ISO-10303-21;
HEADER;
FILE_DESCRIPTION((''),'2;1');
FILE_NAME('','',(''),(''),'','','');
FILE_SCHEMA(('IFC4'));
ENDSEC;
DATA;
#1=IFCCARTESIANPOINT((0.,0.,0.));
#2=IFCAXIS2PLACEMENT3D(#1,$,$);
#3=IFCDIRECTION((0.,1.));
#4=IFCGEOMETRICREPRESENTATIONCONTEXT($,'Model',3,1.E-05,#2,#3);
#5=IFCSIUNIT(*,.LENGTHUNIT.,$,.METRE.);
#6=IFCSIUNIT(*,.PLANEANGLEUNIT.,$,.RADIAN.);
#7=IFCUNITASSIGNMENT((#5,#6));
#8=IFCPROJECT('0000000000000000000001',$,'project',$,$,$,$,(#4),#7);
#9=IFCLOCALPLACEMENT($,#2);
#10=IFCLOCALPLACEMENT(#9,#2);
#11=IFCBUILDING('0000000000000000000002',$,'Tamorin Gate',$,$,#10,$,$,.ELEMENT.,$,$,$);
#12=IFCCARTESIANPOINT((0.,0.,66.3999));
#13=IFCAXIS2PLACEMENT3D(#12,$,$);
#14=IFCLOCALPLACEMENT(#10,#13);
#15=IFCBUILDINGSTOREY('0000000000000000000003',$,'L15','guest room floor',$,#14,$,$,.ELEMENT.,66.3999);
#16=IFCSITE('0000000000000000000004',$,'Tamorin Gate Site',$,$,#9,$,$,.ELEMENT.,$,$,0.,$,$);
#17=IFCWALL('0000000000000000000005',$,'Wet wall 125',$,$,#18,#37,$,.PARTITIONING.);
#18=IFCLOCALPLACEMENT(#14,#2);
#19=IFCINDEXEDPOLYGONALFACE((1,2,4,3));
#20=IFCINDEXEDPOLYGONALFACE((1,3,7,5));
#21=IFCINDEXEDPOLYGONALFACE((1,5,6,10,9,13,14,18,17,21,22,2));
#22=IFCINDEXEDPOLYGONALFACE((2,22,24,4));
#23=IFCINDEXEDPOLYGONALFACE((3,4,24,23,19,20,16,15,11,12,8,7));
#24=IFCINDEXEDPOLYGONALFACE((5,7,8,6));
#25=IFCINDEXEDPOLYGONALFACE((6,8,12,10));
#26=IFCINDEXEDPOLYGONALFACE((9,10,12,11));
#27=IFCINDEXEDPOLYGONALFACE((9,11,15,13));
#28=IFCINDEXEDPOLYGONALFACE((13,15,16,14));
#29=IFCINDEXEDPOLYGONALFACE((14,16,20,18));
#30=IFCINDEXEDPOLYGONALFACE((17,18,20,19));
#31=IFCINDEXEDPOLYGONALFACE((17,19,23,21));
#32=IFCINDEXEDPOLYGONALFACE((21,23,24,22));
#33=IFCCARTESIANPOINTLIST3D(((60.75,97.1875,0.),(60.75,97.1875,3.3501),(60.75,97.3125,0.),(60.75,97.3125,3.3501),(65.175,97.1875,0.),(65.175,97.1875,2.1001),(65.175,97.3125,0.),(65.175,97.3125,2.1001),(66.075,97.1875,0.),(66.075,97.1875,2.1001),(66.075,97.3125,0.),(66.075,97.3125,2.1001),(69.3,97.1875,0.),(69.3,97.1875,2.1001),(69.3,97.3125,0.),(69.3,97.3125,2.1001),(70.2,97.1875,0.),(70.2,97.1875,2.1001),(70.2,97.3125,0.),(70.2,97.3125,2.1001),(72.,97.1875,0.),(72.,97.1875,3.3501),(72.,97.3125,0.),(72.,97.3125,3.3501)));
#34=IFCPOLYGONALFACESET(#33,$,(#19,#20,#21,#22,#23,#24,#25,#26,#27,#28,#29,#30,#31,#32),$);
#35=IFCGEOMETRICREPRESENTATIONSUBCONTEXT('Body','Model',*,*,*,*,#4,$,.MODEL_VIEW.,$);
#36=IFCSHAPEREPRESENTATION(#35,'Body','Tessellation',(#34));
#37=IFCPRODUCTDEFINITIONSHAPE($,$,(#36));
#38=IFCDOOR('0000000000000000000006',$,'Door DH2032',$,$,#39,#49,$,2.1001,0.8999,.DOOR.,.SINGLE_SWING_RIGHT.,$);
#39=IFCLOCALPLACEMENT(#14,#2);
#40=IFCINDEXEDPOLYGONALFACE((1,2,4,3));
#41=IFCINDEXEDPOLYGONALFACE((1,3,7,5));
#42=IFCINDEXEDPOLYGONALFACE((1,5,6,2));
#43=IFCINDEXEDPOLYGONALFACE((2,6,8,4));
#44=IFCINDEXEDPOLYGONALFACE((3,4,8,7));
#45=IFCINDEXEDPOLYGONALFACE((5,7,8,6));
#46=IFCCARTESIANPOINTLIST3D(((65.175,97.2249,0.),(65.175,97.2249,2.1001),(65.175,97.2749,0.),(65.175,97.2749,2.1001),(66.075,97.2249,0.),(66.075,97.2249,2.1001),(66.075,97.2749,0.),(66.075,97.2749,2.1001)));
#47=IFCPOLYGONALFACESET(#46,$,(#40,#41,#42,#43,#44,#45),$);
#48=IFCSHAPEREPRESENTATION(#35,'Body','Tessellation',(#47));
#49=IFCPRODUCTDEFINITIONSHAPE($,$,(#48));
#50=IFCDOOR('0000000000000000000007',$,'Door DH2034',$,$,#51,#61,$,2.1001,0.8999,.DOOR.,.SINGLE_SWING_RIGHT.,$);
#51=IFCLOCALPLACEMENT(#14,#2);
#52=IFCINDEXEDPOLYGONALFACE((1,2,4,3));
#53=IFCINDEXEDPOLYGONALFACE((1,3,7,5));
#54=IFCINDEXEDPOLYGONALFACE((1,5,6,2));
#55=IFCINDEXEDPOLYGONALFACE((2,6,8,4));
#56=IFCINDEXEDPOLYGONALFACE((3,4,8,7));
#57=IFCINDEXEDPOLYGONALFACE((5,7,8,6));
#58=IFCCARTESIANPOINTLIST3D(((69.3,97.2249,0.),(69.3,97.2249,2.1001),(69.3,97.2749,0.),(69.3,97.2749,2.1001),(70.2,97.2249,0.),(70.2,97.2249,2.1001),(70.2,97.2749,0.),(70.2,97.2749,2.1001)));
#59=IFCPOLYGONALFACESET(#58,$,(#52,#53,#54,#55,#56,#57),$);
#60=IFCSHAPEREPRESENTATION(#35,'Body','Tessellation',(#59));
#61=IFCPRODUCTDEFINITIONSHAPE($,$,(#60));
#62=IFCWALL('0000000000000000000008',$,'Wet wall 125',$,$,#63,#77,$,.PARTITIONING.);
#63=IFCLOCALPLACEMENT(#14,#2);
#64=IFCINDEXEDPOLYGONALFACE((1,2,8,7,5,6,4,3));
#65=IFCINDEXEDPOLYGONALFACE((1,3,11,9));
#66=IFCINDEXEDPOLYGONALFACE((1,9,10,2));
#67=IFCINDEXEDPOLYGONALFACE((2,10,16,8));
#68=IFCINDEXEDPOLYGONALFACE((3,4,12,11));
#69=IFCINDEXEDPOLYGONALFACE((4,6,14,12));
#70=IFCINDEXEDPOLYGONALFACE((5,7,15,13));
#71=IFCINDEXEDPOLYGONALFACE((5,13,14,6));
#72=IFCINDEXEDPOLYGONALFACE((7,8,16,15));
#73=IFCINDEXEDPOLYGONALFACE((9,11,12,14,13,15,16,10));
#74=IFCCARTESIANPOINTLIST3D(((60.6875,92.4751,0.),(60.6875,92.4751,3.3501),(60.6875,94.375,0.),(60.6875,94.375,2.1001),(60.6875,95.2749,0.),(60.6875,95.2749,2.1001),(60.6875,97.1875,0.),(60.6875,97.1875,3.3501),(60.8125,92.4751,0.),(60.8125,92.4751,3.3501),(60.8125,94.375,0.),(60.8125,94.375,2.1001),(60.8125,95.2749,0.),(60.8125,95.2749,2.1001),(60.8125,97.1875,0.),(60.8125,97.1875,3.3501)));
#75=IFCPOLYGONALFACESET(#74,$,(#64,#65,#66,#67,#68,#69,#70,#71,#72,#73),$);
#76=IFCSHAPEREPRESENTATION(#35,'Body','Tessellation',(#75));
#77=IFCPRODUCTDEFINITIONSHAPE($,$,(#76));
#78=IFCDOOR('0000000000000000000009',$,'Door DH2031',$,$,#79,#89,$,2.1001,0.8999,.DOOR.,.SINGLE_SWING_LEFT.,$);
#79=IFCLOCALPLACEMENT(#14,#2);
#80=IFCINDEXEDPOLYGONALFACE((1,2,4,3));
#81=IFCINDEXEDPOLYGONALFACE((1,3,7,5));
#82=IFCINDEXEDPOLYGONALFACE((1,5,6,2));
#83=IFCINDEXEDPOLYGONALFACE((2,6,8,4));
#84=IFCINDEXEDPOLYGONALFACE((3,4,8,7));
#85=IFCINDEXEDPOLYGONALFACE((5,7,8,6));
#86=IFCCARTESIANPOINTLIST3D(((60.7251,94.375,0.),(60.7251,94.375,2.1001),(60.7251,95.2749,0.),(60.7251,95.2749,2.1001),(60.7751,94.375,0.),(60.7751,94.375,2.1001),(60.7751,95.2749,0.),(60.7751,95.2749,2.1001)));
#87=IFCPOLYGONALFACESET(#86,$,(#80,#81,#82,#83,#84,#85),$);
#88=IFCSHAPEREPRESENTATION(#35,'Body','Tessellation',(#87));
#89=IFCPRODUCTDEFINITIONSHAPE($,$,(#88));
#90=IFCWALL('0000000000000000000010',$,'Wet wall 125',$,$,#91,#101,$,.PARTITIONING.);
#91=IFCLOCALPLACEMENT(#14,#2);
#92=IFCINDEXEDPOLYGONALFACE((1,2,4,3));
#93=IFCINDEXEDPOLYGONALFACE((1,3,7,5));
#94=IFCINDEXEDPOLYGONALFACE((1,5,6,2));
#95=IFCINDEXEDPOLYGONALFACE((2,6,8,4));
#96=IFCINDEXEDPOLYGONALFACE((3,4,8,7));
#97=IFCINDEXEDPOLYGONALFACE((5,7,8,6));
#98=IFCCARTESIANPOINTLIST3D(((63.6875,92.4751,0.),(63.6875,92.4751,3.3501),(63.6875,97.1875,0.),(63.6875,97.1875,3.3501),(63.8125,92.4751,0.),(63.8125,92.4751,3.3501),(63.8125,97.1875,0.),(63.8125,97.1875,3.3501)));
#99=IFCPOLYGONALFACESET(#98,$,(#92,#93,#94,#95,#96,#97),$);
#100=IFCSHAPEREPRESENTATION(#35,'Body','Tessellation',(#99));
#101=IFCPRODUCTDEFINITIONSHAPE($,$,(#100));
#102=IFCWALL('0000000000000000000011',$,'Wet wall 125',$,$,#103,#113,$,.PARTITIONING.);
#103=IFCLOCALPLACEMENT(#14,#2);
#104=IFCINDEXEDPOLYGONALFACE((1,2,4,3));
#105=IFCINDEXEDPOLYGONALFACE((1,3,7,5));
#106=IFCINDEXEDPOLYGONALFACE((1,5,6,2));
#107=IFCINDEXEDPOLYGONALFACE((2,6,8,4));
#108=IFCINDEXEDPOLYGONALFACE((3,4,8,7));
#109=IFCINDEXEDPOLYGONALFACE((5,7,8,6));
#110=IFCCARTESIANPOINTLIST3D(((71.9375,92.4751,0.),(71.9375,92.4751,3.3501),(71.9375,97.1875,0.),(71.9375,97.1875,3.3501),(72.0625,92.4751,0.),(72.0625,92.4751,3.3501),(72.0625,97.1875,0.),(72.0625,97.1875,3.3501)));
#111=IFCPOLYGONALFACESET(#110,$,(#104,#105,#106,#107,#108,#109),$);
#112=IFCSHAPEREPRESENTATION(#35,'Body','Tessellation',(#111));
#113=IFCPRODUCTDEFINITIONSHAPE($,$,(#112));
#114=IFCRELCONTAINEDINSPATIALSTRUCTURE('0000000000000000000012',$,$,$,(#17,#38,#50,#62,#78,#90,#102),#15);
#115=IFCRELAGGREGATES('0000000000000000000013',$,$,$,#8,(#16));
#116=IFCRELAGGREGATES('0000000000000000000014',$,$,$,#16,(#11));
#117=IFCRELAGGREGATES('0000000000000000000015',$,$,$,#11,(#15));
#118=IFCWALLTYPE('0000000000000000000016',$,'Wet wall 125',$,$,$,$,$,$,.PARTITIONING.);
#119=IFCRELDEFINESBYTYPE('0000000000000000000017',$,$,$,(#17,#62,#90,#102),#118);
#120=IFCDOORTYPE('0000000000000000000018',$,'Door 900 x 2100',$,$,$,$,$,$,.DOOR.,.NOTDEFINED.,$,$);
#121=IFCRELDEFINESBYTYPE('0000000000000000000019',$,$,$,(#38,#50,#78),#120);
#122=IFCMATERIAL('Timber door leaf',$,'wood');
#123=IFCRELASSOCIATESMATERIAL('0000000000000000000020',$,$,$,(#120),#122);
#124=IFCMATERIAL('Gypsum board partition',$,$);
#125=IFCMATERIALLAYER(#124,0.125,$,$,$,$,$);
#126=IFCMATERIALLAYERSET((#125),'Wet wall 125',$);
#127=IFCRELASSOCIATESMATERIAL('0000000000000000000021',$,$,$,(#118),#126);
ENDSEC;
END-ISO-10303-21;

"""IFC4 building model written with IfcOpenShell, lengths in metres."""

from ifc_helpers import new_model, si_unit, direction, frame, frame_2d, origin, place, context, subcontext, project, spatial, rectangle, extrude, material, layer, layer_set, type_object, element, fill, save


model = new_model("IFC4")

# Units and contexts
model_context = context("Model", 3, precision=1e-05, world=origin(), true_north=direction((0.0, 1.0)))
body_context = subcontext(model_context, "Body", "Model", "MODEL_VIEW")
ifc_project = project(units=[si_unit("LENGTHUNIT", "METRE"), si_unit("PLANEANGLEUNIT", "RADIAN")], contexts=[model_context])

# Site, building, storey
site_placement = place(None, origin())
site = spatial("IfcSite", under=ifc_project, at=site_placement, Name="Tamorin Gate Site", CompositionType="ELEMENT", RefElevation=0.0)
building_placement = place(site_placement, origin())
building = spatial("IfcBuilding", under=site, at=building_placement, Name="Tamorin Gate", CompositionType="ELEMENT")
storey_placement = place(building_placement, frame((0.0, 0.0, 66.3999)))
storey = spatial("IfcBuildingStorey", under=building, at=storey_placement, Name="L15", Description="guest room floor", CompositionType="ELEMENT", Elevation=66.3999)

# Shared definitions
ifc_material_1 = material(Name="Gypsum board partition")

# Shared definitions
ifc_material_2 = material(Name="Timber door leaf", Category="wood")
door_type = type_object("IfcDoorType", Name="Door 900 x 2100", OperationType="NOTDEFINED", PredefinedType="DOOR", material=ifc_material_2)

# Wall, openings, doors
ifc_layer_1 = layer(ifc_material_1, 0.125)
ifc_layer_set_1 = layer_set([ifc_layer_1], Name="Wet wall 125")
wall_type_1 = type_object("IfcWallType", Name="Wet wall 125", PredefinedType="PARTITIONING", material=ifc_layer_set_1)
wall_1_placement = place(storey_placement, frame((60.75, 97.25, 0.0), z_axis=(0.0, 0.0, 1.0), x_axis=(1.0, 0.0, 0.0)))
wall_1 = element("IfcWall", 1, at=wall_1_placement, inside=storey, type_object=wall_type_1, Name="Wet wall 125", PredefinedType="PARTITIONING", context=body_context, shape_type="SweptSolid", body=[
    extrude(rectangle(XDim=11.25, YDim=0.125, at=frame_2d((5.625, 0.0))), origin(), (0.0, 0.0, 1.0), 3.3501),
])
opening_1_placement = place(wall_1_placement, frame((4.425, 0.0, 0.0)))
opening_1 = element("IfcOpeningElement", 2, at=opening_1_placement, cuts=wall_1, PredefinedType="OPENING", context=body_context, shape_type="SweptSolid", body=[
    extrude(rectangle(XDim=0.8999, YDim=2.1001, at=frame_2d((0.45, 1.05))), frame((0.0, 0.0725, 0.0), z_axis=(0.0, -1.0, 0.0), x_axis=(1.0, 0.0, 0.0)), (0.0, 0.0, 1.0), 0.145),
])
opening_2_placement = place(wall_1_placement, frame((8.55, 0.0, 0.0)))
opening_2 = element("IfcOpeningElement", 3, at=opening_2_placement, cuts=wall_1, PredefinedType="OPENING", context=body_context, shape_type="SweptSolid", body=[
    extrude(rectangle(XDim=0.8999, YDim=2.1001, at=frame_2d((0.45, 1.05))), frame((0.0, 0.0725, 0.0), z_axis=(0.0, -1.0, 0.0), x_axis=(1.0, 0.0, 0.0)), (0.0, 0.0, 1.0), 0.145),
])
door_1_placement = place(opening_1_placement, origin())
door_1 = element("IfcDoor", 4, at=door_1_placement, inside=storey, type_object=door_type, Name="Door DH2032", OperationType="SINGLE_SWING_RIGHT", OverallHeight=2.1001, OverallWidth=0.8999, PredefinedType="DOOR", context=body_context, shape_type="SweptSolid", body=[
    extrude(rectangle(XDim=0.8999, YDim=2.1001, at=frame_2d((0.45, 1.05))), frame((0.0, 0.0249, 0.0), z_axis=(0.0, -1.0, 0.0), x_axis=(1.0, 0.0, 0.0)), (0.0, 0.0, 1.0), 0.05),
])
fill(opening_1, door_1)
door_2_placement = place(opening_2_placement, origin())
door_2 = element("IfcDoor", 5, at=door_2_placement, inside=storey, type_object=door_type, Name="Door DH2034", OperationType="SINGLE_SWING_RIGHT", OverallHeight=2.1001, OverallWidth=0.8999, PredefinedType="DOOR", context=body_context, shape_type="SweptSolid", body=[
    extrude(rectangle(XDim=0.8999, YDim=2.1001, at=frame_2d((0.45, 1.05))), frame((0.0, 0.0249, 0.0), z_axis=(0.0, -1.0, 0.0), x_axis=(1.0, 0.0, 0.0)), (0.0, 0.0, 1.0), 0.05),
])
fill(opening_2, door_2)

# Wall, opening, door
wall_2_placement = place(storey_placement, frame((60.75, 92.4751, 0.0), z_axis=(0.0, 0.0, 1.0), x_axis=(0.0, 1.0, 0.0)))
wall_2 = element("IfcWall", 6, at=wall_2_placement, inside=storey, type_object=wall_type_1, Name="Wet wall 125", PredefinedType="PARTITIONING", context=body_context, shape_type="SweptSolid", body=[
    extrude(rectangle(XDim=4.7124, YDim=0.125, at=frame_2d((2.3562, 0.0))), origin(), (0.0, 0.0, 1.0), 3.3501),
])
opening_3_placement = place(wall_2_placement, frame((1.8999, 0.0, 0.0)))
opening_3 = element("IfcOpeningElement", 7, at=opening_3_placement, cuts=wall_2, PredefinedType="OPENING", context=body_context, shape_type="SweptSolid", body=[
    extrude(rectangle(XDim=0.8999, YDim=2.1001, at=frame_2d((0.45, 1.05))), frame((0.0, 0.0725, 0.0), z_axis=(0.0, -1.0, 0.0), x_axis=(1.0, 0.0, 0.0)), (0.0, 0.0, 1.0), 0.145),
])
door_3_placement = place(opening_3_placement, origin())
door_3 = element("IfcDoor", 8, at=door_3_placement, inside=storey, type_object=door_type, Name="Door DH2031", OperationType="SINGLE_SWING_LEFT", OverallHeight=2.1001, OverallWidth=0.8999, PredefinedType="DOOR", context=body_context, shape_type="SweptSolid", body=[
    extrude(rectangle(XDim=0.8999, YDim=2.1001, at=frame_2d((0.45, 1.05))), frame((0.0, 0.0249, 0.0), z_axis=(0.0, -1.0, 0.0), x_axis=(1.0, 0.0, 0.0)), (0.0, 0.0, 1.0), 0.05),
])
fill(opening_3, door_3)

# Walls
for number, where, z_axis, x_axis, name in (
    (9, (63.75, 92.4751, 0.0), (0.0, 0.0, 1.0), (0.0, 1.0, 0.0), "Wet wall 125"),
    (10, (72.0, 92.4751, 0.0), (0.0, 0.0, 1.0), (0.0, 1.0, 0.0), "Wet wall 125"),
):
    element("IfcWall", number, at=place(storey_placement, frame(where, z_axis=z_axis, x_axis=x_axis)), inside=storey, type_object=wall_type_1, Name=name, PredefinedType="PARTITIONING", context=body_context, shape_type="SweptSolid", body=[
        extrude(rectangle(XDim=4.7124, YDim=0.125, at=frame_2d((2.3562, 0.0))), origin(), (0.0, 0.0, 1.0), 3.3501),
    ])

save(model, "model.ifc")
